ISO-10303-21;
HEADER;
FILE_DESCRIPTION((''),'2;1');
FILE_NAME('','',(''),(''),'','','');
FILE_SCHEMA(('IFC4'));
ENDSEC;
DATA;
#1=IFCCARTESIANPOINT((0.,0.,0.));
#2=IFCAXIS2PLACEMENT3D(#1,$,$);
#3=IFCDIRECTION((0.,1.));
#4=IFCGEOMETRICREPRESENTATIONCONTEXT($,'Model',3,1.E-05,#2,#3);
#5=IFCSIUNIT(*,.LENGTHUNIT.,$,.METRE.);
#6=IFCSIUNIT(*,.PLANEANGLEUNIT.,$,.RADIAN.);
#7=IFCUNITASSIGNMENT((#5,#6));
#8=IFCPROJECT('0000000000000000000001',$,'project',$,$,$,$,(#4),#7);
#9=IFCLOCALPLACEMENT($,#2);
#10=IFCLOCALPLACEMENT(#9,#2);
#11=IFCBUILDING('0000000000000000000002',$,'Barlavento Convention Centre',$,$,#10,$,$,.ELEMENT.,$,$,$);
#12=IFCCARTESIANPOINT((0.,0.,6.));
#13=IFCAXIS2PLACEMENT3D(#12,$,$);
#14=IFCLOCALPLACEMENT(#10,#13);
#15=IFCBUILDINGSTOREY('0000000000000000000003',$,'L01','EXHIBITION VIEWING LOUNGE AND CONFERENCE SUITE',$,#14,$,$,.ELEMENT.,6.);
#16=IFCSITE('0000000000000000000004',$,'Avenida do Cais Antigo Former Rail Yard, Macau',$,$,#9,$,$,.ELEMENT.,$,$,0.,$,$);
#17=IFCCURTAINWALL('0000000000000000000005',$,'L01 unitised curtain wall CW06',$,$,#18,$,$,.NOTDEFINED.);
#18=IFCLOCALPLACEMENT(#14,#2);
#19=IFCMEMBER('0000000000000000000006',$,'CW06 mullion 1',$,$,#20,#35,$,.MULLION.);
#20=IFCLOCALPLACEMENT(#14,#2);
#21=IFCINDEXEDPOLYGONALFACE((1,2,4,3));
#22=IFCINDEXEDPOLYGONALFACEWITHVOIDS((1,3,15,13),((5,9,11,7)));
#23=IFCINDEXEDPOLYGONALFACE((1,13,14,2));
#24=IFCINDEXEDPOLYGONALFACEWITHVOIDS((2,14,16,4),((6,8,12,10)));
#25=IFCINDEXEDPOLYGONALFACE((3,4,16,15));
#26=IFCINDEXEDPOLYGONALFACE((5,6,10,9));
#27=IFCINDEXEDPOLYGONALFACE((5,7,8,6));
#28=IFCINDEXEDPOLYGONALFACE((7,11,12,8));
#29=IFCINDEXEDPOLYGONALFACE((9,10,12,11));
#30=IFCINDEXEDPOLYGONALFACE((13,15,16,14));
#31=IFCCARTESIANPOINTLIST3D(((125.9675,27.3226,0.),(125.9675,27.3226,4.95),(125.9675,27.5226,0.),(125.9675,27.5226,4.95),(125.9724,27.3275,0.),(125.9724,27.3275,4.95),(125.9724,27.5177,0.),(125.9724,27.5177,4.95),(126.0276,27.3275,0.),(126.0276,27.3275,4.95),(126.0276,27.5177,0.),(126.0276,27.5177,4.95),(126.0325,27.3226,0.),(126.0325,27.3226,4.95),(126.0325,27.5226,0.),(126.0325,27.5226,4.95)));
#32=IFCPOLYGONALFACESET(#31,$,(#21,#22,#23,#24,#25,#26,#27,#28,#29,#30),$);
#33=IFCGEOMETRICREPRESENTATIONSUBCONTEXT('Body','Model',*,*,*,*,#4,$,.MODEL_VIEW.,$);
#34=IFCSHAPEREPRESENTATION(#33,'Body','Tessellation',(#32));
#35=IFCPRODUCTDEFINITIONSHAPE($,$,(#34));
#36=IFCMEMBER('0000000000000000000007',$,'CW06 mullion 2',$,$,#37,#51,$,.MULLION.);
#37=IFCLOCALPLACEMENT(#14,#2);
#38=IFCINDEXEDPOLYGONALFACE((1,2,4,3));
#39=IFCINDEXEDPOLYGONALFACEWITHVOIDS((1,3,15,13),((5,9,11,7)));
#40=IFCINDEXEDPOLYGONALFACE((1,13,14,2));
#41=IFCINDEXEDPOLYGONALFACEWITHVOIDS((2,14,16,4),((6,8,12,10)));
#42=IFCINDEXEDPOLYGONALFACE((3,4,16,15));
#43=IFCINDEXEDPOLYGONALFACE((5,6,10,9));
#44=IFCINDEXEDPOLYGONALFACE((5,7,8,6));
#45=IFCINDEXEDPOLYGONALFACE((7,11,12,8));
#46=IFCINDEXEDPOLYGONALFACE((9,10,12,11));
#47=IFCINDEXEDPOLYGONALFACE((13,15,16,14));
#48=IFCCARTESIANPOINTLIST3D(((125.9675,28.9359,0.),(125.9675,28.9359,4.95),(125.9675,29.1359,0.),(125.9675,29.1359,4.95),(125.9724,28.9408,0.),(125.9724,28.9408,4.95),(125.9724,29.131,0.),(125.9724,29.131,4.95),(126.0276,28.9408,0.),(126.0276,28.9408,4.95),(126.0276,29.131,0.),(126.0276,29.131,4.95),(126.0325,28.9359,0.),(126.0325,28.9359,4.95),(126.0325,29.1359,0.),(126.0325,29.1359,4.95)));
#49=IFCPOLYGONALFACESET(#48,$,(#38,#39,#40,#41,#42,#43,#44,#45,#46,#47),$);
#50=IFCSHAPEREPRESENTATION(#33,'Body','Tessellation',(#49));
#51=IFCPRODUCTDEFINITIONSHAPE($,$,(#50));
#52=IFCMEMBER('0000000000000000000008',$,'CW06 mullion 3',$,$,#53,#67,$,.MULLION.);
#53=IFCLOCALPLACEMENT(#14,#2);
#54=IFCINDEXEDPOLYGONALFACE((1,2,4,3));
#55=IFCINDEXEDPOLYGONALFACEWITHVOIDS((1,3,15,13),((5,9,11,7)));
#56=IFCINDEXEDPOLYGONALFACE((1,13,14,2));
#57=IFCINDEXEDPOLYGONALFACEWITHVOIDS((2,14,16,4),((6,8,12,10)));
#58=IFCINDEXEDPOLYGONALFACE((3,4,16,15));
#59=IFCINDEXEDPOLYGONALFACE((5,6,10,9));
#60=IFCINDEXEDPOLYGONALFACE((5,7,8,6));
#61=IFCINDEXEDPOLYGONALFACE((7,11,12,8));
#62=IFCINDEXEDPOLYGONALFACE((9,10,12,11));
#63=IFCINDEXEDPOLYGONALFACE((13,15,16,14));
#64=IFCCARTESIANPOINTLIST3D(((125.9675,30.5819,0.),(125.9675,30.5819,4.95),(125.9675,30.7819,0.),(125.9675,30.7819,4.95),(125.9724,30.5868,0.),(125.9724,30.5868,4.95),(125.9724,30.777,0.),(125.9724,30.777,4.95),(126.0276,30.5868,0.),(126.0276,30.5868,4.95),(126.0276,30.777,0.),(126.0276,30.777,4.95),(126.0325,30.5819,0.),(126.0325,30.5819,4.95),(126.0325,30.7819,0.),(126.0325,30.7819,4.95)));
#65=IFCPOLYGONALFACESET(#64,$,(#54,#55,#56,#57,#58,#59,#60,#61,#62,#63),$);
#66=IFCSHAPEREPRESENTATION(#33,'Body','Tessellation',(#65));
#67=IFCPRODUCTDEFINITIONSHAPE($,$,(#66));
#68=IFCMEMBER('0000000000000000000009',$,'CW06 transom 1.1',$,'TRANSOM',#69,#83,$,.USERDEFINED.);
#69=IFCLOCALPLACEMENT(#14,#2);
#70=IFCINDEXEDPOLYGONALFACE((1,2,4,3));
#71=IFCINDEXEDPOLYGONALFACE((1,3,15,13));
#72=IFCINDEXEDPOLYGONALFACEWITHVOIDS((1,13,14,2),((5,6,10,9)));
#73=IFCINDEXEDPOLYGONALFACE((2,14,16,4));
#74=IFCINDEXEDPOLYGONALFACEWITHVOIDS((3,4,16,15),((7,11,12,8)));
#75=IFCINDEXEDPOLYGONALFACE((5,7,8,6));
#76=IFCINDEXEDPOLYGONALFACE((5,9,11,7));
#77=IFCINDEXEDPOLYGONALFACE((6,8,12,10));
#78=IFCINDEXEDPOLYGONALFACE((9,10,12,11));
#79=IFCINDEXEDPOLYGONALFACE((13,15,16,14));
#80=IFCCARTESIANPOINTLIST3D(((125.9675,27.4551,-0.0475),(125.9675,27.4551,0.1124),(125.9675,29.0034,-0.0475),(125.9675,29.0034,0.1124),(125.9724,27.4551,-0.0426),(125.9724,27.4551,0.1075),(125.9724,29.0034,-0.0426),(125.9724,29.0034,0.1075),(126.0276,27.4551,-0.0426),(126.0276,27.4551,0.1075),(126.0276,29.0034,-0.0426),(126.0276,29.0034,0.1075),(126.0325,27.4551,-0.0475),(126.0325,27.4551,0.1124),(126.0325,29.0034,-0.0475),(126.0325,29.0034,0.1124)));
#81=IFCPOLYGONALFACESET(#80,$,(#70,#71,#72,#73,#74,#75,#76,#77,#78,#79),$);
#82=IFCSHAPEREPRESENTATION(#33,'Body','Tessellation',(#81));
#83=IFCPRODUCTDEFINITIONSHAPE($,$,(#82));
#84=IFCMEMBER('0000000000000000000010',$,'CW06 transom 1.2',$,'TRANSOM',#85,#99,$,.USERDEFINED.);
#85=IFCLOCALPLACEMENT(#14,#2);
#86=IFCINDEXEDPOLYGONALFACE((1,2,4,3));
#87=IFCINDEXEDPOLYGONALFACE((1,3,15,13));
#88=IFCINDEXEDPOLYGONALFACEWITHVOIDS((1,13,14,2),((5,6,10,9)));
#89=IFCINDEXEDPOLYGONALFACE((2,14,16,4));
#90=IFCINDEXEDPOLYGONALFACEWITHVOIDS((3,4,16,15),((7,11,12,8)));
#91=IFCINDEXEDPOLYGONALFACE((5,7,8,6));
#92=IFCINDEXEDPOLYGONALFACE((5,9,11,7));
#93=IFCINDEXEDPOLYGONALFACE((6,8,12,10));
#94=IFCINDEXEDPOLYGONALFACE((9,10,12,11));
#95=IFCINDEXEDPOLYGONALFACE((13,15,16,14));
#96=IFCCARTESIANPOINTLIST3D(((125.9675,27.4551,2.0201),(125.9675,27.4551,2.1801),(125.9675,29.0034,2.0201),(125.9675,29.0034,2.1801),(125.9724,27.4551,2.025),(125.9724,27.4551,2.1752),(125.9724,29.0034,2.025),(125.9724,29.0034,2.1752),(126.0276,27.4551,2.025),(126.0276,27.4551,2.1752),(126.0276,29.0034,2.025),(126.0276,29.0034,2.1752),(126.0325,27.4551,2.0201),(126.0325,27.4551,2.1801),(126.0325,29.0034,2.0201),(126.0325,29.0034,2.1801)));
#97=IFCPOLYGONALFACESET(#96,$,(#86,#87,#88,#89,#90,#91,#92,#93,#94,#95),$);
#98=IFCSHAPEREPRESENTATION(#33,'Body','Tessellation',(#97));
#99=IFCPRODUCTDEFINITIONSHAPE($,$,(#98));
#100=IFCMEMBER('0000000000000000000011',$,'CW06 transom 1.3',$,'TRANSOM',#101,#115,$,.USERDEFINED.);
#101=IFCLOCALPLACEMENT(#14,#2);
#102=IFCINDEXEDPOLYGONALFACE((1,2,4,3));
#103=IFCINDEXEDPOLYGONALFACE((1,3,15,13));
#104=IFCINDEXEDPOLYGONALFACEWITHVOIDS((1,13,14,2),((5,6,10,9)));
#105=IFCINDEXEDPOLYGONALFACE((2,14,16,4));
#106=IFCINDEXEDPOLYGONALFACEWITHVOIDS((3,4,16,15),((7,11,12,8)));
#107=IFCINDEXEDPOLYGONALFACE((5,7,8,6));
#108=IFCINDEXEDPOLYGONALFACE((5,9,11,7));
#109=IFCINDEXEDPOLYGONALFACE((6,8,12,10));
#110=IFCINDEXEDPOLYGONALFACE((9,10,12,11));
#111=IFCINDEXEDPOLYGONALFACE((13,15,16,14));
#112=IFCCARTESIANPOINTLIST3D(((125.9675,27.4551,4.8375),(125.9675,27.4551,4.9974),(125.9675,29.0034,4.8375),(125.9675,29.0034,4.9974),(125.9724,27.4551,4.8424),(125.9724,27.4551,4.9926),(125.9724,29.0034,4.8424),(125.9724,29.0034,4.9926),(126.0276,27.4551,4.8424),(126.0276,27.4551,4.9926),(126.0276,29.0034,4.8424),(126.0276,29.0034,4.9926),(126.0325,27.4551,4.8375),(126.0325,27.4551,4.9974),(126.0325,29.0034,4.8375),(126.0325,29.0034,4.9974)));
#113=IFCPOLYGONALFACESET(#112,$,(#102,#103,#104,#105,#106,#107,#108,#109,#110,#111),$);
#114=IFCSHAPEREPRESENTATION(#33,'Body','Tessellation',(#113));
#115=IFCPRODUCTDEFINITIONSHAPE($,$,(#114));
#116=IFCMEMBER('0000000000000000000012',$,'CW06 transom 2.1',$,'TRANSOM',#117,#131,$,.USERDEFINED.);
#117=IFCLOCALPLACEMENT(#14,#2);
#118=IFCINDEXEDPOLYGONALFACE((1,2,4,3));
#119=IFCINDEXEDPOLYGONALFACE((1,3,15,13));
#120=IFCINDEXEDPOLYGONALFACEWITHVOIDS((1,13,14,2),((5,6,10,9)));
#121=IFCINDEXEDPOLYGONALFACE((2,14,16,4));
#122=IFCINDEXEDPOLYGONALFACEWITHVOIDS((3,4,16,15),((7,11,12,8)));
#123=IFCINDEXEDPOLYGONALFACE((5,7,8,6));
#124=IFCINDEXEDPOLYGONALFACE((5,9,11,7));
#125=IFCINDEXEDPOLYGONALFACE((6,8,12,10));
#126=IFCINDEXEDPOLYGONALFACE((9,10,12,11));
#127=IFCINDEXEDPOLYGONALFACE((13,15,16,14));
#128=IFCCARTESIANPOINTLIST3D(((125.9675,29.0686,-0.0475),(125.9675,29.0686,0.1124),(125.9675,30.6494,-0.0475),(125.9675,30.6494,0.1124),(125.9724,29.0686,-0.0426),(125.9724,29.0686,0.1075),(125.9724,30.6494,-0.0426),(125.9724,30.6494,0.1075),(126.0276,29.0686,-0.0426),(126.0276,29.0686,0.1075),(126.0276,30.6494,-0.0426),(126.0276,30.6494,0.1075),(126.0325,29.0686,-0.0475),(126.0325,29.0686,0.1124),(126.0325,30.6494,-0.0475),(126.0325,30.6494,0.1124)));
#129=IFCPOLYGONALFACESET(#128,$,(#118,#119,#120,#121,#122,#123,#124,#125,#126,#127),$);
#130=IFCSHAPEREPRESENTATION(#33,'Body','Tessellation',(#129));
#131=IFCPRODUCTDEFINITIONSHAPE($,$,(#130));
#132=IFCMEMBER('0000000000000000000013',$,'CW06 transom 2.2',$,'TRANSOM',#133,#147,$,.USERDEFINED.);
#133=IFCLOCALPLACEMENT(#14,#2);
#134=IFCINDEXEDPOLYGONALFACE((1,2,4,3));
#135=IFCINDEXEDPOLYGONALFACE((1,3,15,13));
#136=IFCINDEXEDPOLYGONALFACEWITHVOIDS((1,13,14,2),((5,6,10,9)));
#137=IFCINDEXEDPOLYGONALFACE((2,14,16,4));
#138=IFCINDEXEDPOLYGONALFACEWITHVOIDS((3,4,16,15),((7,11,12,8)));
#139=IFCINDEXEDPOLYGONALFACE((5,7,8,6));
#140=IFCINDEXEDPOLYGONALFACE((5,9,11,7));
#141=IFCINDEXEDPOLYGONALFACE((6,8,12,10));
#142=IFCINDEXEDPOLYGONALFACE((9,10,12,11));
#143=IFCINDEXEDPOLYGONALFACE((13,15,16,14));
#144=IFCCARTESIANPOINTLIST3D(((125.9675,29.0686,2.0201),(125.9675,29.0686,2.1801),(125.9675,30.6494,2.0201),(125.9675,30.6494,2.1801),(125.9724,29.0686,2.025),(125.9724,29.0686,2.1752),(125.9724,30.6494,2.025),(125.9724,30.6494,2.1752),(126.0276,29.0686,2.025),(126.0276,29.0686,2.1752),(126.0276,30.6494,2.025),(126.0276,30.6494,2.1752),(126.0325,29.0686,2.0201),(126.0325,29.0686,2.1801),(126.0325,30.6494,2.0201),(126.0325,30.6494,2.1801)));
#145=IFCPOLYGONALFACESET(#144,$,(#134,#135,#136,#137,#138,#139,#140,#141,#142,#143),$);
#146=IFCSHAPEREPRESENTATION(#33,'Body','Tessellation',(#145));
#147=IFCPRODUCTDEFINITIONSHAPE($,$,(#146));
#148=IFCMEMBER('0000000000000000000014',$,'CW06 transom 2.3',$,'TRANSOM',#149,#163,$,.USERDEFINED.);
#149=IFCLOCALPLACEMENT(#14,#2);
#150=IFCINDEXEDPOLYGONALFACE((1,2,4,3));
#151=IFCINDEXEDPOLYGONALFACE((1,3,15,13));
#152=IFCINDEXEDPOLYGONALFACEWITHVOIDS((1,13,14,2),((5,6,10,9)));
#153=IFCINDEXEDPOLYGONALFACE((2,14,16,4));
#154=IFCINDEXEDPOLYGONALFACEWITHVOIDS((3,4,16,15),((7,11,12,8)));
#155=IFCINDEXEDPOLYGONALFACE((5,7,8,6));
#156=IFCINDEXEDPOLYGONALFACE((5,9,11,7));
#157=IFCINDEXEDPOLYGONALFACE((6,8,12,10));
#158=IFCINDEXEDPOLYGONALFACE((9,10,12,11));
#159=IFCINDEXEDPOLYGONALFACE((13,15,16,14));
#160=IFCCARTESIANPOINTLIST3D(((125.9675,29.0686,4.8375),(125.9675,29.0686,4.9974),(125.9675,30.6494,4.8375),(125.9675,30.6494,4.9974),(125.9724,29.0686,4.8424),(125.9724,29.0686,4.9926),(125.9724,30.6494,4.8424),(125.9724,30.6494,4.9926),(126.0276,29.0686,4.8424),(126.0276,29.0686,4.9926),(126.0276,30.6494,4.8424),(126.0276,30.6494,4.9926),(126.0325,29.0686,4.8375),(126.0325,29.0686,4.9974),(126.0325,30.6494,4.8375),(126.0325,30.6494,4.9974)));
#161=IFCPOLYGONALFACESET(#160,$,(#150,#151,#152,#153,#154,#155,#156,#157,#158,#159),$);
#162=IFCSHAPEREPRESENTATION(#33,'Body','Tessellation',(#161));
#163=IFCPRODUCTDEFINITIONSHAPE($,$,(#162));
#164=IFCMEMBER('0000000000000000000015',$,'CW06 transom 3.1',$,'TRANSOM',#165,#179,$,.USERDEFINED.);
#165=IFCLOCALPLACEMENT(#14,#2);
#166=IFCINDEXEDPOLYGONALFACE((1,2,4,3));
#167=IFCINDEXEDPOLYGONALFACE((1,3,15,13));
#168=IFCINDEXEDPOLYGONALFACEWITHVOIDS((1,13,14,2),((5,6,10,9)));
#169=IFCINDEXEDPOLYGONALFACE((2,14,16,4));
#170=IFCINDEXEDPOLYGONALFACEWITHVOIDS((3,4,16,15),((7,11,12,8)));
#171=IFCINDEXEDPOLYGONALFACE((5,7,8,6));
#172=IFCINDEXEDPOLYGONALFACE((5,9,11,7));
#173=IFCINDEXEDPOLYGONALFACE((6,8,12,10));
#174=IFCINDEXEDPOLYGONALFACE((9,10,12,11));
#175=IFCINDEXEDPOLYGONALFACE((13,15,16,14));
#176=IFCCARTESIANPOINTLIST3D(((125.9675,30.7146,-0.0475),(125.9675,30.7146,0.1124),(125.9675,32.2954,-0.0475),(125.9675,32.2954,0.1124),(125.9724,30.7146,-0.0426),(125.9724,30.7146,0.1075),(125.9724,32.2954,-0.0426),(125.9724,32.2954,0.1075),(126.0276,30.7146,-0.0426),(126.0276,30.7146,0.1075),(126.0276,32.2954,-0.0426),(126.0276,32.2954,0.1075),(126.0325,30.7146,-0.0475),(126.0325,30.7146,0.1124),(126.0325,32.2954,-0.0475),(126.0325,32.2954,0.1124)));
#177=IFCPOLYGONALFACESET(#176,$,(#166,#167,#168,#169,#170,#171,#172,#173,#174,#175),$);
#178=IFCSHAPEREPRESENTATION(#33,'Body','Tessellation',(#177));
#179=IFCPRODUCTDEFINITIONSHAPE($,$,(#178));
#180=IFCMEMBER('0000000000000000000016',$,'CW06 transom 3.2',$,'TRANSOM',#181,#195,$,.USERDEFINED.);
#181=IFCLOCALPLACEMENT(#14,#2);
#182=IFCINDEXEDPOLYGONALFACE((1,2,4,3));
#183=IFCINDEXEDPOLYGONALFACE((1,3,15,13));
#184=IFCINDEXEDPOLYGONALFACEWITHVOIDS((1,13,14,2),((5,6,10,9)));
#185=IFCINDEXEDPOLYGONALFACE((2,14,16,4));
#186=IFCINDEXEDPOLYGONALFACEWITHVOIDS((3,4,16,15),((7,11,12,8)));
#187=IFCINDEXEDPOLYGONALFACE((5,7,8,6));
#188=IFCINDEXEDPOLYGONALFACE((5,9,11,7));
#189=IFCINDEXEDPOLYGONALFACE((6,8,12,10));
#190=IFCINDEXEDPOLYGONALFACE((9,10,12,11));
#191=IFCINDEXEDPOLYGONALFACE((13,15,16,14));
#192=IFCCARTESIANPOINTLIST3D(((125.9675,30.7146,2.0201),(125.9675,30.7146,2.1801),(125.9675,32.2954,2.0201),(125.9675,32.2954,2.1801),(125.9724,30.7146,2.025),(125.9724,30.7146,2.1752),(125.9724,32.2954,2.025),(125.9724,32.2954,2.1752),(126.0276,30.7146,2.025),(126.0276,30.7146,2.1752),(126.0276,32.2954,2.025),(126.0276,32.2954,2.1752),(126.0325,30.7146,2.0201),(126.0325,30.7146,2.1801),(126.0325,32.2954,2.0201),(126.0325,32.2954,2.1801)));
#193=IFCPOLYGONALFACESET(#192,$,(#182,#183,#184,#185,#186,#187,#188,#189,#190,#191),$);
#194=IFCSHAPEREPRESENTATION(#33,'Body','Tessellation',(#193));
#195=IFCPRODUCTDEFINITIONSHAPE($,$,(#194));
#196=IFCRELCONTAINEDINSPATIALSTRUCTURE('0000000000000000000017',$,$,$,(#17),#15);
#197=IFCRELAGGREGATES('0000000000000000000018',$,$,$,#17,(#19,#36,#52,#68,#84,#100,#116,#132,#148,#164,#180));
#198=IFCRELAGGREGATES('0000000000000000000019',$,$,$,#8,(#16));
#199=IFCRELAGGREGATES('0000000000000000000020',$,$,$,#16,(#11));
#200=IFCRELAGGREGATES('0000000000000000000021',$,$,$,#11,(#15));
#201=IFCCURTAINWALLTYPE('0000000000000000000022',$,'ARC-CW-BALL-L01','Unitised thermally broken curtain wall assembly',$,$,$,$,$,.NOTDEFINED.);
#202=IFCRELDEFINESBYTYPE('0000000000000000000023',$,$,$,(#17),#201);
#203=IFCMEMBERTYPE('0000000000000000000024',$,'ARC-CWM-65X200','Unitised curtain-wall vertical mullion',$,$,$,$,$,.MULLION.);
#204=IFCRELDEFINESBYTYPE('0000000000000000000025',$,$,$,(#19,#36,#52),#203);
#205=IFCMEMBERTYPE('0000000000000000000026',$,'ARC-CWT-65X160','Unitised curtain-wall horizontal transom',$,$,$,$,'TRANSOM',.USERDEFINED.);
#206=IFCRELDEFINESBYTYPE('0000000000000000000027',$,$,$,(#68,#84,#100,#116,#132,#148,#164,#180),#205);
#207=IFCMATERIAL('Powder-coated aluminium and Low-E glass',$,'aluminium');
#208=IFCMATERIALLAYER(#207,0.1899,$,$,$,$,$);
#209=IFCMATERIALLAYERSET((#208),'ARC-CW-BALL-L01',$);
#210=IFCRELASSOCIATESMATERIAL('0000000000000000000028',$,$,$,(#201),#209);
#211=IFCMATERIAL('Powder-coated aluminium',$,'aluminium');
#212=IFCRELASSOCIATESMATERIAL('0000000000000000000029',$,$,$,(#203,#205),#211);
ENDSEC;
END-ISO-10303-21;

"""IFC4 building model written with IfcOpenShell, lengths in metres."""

from ifc_helpers import new_model, si_unit, direction, frame, origin, origin_2d, place, context, subcontext, project, spatial, hollow_rectangle, extrude, material, layer, layer_set, material_profile, profile_set, type_object, element, aggregate, save


model = new_model("IFC4")

# Units and contexts
model_context = context("Model", 3, precision=1e-05, world=origin(), true_north=direction((0.0, 1.0)))
body_context = subcontext(model_context, "Body", "Model", "MODEL_VIEW")
ifc_project = project(units=[si_unit("LENGTHUNIT", "METRE"), si_unit("PLANEANGLEUNIT", "RADIAN")], contexts=[model_context])

# Site, building, storey
site_placement = place(None, origin())
site = spatial("IfcSite", under=ifc_project, at=site_placement, Name="Avenida do Cais Antigo Former Rail Yard, Macau", CompositionType="ELEMENT", RefElevation=0.0)
building_placement = place(site_placement, origin())
building = spatial("IfcBuilding", under=site, at=building_placement, Name="Barlavento Convention Centre", CompositionType="ELEMENT")
storey_placement = place(building_placement, frame((0.0, 0.0, 6.0)))
storey = spatial("IfcBuildingStorey", under=building, at=storey_placement, Name="L01", Description="EXHIBITION VIEWING LOUNGE AND CONFERENCE SUITE", CompositionType="ELEMENT", Elevation=6.0)

# Curtain wall, members
ifc_material_1 = material(Name="Powder-coated aluminium and Low-E glass", Category="aluminium")
ifc_layer_1 = layer(ifc_material_1, 0.1899)
ifc_layer_set_1 = layer_set([ifc_layer_1], Name="ARC-CW-BALL-L01")
curtain_wall_type = type_object("IfcCurtainWallType", Name="ARC-CW-BALL-L01", Description="Unitised thermally broken curtain wall assembly", PredefinedType="NOTDEFINED", material=ifc_layer_set_1)
curtain_wall_placement = place(storey_placement, origin())
curtain_wall = element("IfcCurtainWall", 1, at=curtain_wall_placement, inside=storey, type_object=curtain_wall_type, Name="L01 unitised curtain wall CW06", PredefinedType="NOTDEFINED")
ifc_material_2 = material(Name="Powder-coated aluminium", Category="aluminium")
ifc_material_profile_1 = material_profile(ifc_material_2, hollow_rectangle(XDim=0.0649, YDim=0.2, WallThickness=0.0049, at=origin_2d()), Name="AL-MULL 65x200x5")
ifc_profile_set_1 = profile_set([ifc_material_profile_1], Name="Powder-coated aluminium")
member_type_1 = type_object("IfcMemberType", Name="ARC-CWM-65X200", Description="Unitised curtain-wall vertical mullion", PredefinedType="MULLION", material=ifc_profile_set_1)
member_1_placement = place(storey_placement, frame((126.0, 27.4226, 0.0), z_axis=(0.0, 0.0, 1.0), x_axis=(-1.0, 0.0, 0.0)))
member_1 = element("IfcMember", 2, at=member_1_placement, type_object=member_type_1, Name="CW06 mullion 1", PredefinedType="MULLION", context=body_context, shape_type="SweptSolid", body=[
    extrude(hollow_rectangle(XDim=0.0649, YDim=0.2, WallThickness=0.0049, at=origin_2d()), origin(), (0.0, 0.0, 1.0), 4.95),
])
member_2_placement = place(storey_placement, frame((126.0, 29.0359, 0.0), z_axis=(0.0, 0.0, 1.0), x_axis=(-1.0, 0.0, 0.0)))
member_2 = element("IfcMember", 3, at=member_2_placement, type_object=member_type_1, Name="CW06 mullion 2", PredefinedType="MULLION", context=body_context, shape_type="SweptSolid", body=[
    extrude(hollow_rectangle(XDim=0.0649, YDim=0.2, WallThickness=0.0049, at=origin_2d()), origin(), (0.0, 0.0, 1.0), 4.95),
])
member_3_placement = place(storey_placement, frame((126.0, 30.6819, 0.0), z_axis=(0.0, 0.0, 1.0), x_axis=(-1.0, 0.0, 0.0)))
member_3 = element("IfcMember", 4, at=member_3_placement, type_object=member_type_1, Name="CW06 mullion 3", PredefinedType="MULLION", context=body_context, shape_type="SweptSolid", body=[
    extrude(hollow_rectangle(XDim=0.0649, YDim=0.2, WallThickness=0.0049, at=origin_2d()), origin(), (0.0, 0.0, 1.0), 4.95),
])
ifc_material_profile_2 = material_profile(ifc_material_2, hollow_rectangle(XDim=0.0649, YDim=0.1599, WallThickness=0.0049, at=origin_2d()), Name="AL-TRAN 65x160x5")
ifc_profile_set_2 = profile_set([ifc_material_profile_2], Name="Powder-coated aluminium")
member_type_2 = type_object("IfcMemberType", Name="ARC-CWT-65X160", Description="Unitised curtain-wall horizontal transom", ElementType="TRANSOM", PredefinedType="USERDEFINED", material=ifc_profile_set_2)
member_4_placement = place(storey_placement, frame((126.0, 27.4551, 0.0325), z_axis=(0.0, 1.0, 0.0), x_axis=(-1.0, 0.0, 0.0)))
member_4 = element("IfcMember", 5, at=member_4_placement, type_object=member_type_2, Name="CW06 transom 1.1", ObjectType="TRANSOM", PredefinedType="USERDEFINED", context=body_context, shape_type="SweptSolid", body=[
    extrude(hollow_rectangle(XDim=0.0649, YDim=0.1599, WallThickness=0.0049, at=origin_2d()), origin(), (0.0, 0.0, 1.0), 1.5483),
])
member_5_placement = place(storey_placement, frame((126.0, 27.4551, 2.1001), z_axis=(0.0, 1.0, 0.0), x_axis=(-1.0, 0.0, 0.0)))
member_5 = element("IfcMember", 6, at=member_5_placement, type_object=member_type_2, Name="CW06 transom 1.2", ObjectType="TRANSOM", PredefinedType="USERDEFINED", context=body_context, shape_type="SweptSolid", body=[
    extrude(hollow_rectangle(XDim=0.0649, YDim=0.1599, WallThickness=0.0049, at=origin_2d()), origin(), (0.0, 0.0, 1.0), 1.5483),
])
member_6_placement = place(storey_placement, frame((126.0, 27.4551, 4.9175), z_axis=(0.0, 1.0, 0.0), x_axis=(-1.0, 0.0, 0.0)))
member_6 = element("IfcMember", 7, at=member_6_placement, type_object=member_type_2, Name="CW06 transom 1.3", ObjectType="TRANSOM", PredefinedType="USERDEFINED", context=body_context, shape_type="SweptSolid", body=[
    extrude(hollow_rectangle(XDim=0.0649, YDim=0.1599, WallThickness=0.0049, at=origin_2d()), origin(), (0.0, 0.0, 1.0), 1.5483),
])
member_7_placement = place(storey_placement, frame((126.0, 29.0686, 0.0325), z_axis=(0.0, 1.0, 0.0), x_axis=(-1.0, 0.0, 0.0)))
member_7 = element("IfcMember", 8, at=member_7_placement, type_object=member_type_2, Name="CW06 transom 2.1", ObjectType="TRANSOM", PredefinedType="USERDEFINED", context=body_context, shape_type="SweptSolid", body=[
    extrude(hollow_rectangle(XDim=0.0649, YDim=0.1599, WallThickness=0.0049, at=origin_2d()), origin(), (0.0, 0.0, 1.0), 1.5808),
])
member_8_placement = place(storey_placement, frame((126.0, 29.0686, 2.1001), z_axis=(0.0, 1.0, 0.0), x_axis=(-1.0, 0.0, 0.0)))
member_8 = element("IfcMember", 9, at=member_8_placement, type_object=member_type_2, Name="CW06 transom 2.2", ObjectType="TRANSOM", PredefinedType="USERDEFINED", context=body_context, shape_type="SweptSolid", body=[
    extrude(hollow_rectangle(XDim=0.0649, YDim=0.1599, WallThickness=0.0049, at=origin_2d()), origin(), (0.0, 0.0, 1.0), 1.5808),
])
member_9_placement = place(storey_placement, frame((126.0, 29.0686, 4.9175), z_axis=(0.0, 1.0, 0.0), x_axis=(-1.0, 0.0, 0.0)))
member_9 = element("IfcMember", 10, at=member_9_placement, type_object=member_type_2, Name="CW06 transom 2.3", ObjectType="TRANSOM", PredefinedType="USERDEFINED", context=body_context, shape_type="SweptSolid", body=[
    extrude(hollow_rectangle(XDim=0.0649, YDim=0.1599, WallThickness=0.0049, at=origin_2d()), origin(), (0.0, 0.0, 1.0), 1.5808),
])
member_10_placement = place(storey_placement, frame((126.0, 30.7146, 0.0325), z_axis=(0.0, 1.0, 0.0), x_axis=(-1.0, 0.0, 0.0)))
member_10 = element("IfcMember", 11, at=member_10_placement, type_object=member_type_2, Name="CW06 transom 3.1", ObjectType="TRANSOM", PredefinedType="USERDEFINED", context=body_context, shape_type="SweptSolid", body=[
    extrude(hollow_rectangle(XDim=0.0649, YDim=0.1599, WallThickness=0.0049, at=origin_2d()), origin(), (0.0, 0.0, 1.0), 1.5808),
])
member_11_placement = place(storey_placement, frame((126.0, 30.7146, 2.1001), z_axis=(0.0, 1.0, 0.0), x_axis=(-1.0, 0.0, 0.0)))
member_11 = element("IfcMember", 12, at=member_11_placement, type_object=member_type_2, Name="CW06 transom 3.2", ObjectType="TRANSOM", PredefinedType="USERDEFINED", context=body_context, shape_type="SweptSolid", body=[
    extrude(hollow_rectangle(XDim=0.0649, YDim=0.1599, WallThickness=0.0049, at=origin_2d()), origin(), (0.0, 0.0, 1.0), 1.5808),
])
aggregate(curtain_wall, [member_1, member_2, member_3, member_4, member_5, member_6, member_7, member_8, member_9, member_10, member_11])

save(model, "model.ifc")
